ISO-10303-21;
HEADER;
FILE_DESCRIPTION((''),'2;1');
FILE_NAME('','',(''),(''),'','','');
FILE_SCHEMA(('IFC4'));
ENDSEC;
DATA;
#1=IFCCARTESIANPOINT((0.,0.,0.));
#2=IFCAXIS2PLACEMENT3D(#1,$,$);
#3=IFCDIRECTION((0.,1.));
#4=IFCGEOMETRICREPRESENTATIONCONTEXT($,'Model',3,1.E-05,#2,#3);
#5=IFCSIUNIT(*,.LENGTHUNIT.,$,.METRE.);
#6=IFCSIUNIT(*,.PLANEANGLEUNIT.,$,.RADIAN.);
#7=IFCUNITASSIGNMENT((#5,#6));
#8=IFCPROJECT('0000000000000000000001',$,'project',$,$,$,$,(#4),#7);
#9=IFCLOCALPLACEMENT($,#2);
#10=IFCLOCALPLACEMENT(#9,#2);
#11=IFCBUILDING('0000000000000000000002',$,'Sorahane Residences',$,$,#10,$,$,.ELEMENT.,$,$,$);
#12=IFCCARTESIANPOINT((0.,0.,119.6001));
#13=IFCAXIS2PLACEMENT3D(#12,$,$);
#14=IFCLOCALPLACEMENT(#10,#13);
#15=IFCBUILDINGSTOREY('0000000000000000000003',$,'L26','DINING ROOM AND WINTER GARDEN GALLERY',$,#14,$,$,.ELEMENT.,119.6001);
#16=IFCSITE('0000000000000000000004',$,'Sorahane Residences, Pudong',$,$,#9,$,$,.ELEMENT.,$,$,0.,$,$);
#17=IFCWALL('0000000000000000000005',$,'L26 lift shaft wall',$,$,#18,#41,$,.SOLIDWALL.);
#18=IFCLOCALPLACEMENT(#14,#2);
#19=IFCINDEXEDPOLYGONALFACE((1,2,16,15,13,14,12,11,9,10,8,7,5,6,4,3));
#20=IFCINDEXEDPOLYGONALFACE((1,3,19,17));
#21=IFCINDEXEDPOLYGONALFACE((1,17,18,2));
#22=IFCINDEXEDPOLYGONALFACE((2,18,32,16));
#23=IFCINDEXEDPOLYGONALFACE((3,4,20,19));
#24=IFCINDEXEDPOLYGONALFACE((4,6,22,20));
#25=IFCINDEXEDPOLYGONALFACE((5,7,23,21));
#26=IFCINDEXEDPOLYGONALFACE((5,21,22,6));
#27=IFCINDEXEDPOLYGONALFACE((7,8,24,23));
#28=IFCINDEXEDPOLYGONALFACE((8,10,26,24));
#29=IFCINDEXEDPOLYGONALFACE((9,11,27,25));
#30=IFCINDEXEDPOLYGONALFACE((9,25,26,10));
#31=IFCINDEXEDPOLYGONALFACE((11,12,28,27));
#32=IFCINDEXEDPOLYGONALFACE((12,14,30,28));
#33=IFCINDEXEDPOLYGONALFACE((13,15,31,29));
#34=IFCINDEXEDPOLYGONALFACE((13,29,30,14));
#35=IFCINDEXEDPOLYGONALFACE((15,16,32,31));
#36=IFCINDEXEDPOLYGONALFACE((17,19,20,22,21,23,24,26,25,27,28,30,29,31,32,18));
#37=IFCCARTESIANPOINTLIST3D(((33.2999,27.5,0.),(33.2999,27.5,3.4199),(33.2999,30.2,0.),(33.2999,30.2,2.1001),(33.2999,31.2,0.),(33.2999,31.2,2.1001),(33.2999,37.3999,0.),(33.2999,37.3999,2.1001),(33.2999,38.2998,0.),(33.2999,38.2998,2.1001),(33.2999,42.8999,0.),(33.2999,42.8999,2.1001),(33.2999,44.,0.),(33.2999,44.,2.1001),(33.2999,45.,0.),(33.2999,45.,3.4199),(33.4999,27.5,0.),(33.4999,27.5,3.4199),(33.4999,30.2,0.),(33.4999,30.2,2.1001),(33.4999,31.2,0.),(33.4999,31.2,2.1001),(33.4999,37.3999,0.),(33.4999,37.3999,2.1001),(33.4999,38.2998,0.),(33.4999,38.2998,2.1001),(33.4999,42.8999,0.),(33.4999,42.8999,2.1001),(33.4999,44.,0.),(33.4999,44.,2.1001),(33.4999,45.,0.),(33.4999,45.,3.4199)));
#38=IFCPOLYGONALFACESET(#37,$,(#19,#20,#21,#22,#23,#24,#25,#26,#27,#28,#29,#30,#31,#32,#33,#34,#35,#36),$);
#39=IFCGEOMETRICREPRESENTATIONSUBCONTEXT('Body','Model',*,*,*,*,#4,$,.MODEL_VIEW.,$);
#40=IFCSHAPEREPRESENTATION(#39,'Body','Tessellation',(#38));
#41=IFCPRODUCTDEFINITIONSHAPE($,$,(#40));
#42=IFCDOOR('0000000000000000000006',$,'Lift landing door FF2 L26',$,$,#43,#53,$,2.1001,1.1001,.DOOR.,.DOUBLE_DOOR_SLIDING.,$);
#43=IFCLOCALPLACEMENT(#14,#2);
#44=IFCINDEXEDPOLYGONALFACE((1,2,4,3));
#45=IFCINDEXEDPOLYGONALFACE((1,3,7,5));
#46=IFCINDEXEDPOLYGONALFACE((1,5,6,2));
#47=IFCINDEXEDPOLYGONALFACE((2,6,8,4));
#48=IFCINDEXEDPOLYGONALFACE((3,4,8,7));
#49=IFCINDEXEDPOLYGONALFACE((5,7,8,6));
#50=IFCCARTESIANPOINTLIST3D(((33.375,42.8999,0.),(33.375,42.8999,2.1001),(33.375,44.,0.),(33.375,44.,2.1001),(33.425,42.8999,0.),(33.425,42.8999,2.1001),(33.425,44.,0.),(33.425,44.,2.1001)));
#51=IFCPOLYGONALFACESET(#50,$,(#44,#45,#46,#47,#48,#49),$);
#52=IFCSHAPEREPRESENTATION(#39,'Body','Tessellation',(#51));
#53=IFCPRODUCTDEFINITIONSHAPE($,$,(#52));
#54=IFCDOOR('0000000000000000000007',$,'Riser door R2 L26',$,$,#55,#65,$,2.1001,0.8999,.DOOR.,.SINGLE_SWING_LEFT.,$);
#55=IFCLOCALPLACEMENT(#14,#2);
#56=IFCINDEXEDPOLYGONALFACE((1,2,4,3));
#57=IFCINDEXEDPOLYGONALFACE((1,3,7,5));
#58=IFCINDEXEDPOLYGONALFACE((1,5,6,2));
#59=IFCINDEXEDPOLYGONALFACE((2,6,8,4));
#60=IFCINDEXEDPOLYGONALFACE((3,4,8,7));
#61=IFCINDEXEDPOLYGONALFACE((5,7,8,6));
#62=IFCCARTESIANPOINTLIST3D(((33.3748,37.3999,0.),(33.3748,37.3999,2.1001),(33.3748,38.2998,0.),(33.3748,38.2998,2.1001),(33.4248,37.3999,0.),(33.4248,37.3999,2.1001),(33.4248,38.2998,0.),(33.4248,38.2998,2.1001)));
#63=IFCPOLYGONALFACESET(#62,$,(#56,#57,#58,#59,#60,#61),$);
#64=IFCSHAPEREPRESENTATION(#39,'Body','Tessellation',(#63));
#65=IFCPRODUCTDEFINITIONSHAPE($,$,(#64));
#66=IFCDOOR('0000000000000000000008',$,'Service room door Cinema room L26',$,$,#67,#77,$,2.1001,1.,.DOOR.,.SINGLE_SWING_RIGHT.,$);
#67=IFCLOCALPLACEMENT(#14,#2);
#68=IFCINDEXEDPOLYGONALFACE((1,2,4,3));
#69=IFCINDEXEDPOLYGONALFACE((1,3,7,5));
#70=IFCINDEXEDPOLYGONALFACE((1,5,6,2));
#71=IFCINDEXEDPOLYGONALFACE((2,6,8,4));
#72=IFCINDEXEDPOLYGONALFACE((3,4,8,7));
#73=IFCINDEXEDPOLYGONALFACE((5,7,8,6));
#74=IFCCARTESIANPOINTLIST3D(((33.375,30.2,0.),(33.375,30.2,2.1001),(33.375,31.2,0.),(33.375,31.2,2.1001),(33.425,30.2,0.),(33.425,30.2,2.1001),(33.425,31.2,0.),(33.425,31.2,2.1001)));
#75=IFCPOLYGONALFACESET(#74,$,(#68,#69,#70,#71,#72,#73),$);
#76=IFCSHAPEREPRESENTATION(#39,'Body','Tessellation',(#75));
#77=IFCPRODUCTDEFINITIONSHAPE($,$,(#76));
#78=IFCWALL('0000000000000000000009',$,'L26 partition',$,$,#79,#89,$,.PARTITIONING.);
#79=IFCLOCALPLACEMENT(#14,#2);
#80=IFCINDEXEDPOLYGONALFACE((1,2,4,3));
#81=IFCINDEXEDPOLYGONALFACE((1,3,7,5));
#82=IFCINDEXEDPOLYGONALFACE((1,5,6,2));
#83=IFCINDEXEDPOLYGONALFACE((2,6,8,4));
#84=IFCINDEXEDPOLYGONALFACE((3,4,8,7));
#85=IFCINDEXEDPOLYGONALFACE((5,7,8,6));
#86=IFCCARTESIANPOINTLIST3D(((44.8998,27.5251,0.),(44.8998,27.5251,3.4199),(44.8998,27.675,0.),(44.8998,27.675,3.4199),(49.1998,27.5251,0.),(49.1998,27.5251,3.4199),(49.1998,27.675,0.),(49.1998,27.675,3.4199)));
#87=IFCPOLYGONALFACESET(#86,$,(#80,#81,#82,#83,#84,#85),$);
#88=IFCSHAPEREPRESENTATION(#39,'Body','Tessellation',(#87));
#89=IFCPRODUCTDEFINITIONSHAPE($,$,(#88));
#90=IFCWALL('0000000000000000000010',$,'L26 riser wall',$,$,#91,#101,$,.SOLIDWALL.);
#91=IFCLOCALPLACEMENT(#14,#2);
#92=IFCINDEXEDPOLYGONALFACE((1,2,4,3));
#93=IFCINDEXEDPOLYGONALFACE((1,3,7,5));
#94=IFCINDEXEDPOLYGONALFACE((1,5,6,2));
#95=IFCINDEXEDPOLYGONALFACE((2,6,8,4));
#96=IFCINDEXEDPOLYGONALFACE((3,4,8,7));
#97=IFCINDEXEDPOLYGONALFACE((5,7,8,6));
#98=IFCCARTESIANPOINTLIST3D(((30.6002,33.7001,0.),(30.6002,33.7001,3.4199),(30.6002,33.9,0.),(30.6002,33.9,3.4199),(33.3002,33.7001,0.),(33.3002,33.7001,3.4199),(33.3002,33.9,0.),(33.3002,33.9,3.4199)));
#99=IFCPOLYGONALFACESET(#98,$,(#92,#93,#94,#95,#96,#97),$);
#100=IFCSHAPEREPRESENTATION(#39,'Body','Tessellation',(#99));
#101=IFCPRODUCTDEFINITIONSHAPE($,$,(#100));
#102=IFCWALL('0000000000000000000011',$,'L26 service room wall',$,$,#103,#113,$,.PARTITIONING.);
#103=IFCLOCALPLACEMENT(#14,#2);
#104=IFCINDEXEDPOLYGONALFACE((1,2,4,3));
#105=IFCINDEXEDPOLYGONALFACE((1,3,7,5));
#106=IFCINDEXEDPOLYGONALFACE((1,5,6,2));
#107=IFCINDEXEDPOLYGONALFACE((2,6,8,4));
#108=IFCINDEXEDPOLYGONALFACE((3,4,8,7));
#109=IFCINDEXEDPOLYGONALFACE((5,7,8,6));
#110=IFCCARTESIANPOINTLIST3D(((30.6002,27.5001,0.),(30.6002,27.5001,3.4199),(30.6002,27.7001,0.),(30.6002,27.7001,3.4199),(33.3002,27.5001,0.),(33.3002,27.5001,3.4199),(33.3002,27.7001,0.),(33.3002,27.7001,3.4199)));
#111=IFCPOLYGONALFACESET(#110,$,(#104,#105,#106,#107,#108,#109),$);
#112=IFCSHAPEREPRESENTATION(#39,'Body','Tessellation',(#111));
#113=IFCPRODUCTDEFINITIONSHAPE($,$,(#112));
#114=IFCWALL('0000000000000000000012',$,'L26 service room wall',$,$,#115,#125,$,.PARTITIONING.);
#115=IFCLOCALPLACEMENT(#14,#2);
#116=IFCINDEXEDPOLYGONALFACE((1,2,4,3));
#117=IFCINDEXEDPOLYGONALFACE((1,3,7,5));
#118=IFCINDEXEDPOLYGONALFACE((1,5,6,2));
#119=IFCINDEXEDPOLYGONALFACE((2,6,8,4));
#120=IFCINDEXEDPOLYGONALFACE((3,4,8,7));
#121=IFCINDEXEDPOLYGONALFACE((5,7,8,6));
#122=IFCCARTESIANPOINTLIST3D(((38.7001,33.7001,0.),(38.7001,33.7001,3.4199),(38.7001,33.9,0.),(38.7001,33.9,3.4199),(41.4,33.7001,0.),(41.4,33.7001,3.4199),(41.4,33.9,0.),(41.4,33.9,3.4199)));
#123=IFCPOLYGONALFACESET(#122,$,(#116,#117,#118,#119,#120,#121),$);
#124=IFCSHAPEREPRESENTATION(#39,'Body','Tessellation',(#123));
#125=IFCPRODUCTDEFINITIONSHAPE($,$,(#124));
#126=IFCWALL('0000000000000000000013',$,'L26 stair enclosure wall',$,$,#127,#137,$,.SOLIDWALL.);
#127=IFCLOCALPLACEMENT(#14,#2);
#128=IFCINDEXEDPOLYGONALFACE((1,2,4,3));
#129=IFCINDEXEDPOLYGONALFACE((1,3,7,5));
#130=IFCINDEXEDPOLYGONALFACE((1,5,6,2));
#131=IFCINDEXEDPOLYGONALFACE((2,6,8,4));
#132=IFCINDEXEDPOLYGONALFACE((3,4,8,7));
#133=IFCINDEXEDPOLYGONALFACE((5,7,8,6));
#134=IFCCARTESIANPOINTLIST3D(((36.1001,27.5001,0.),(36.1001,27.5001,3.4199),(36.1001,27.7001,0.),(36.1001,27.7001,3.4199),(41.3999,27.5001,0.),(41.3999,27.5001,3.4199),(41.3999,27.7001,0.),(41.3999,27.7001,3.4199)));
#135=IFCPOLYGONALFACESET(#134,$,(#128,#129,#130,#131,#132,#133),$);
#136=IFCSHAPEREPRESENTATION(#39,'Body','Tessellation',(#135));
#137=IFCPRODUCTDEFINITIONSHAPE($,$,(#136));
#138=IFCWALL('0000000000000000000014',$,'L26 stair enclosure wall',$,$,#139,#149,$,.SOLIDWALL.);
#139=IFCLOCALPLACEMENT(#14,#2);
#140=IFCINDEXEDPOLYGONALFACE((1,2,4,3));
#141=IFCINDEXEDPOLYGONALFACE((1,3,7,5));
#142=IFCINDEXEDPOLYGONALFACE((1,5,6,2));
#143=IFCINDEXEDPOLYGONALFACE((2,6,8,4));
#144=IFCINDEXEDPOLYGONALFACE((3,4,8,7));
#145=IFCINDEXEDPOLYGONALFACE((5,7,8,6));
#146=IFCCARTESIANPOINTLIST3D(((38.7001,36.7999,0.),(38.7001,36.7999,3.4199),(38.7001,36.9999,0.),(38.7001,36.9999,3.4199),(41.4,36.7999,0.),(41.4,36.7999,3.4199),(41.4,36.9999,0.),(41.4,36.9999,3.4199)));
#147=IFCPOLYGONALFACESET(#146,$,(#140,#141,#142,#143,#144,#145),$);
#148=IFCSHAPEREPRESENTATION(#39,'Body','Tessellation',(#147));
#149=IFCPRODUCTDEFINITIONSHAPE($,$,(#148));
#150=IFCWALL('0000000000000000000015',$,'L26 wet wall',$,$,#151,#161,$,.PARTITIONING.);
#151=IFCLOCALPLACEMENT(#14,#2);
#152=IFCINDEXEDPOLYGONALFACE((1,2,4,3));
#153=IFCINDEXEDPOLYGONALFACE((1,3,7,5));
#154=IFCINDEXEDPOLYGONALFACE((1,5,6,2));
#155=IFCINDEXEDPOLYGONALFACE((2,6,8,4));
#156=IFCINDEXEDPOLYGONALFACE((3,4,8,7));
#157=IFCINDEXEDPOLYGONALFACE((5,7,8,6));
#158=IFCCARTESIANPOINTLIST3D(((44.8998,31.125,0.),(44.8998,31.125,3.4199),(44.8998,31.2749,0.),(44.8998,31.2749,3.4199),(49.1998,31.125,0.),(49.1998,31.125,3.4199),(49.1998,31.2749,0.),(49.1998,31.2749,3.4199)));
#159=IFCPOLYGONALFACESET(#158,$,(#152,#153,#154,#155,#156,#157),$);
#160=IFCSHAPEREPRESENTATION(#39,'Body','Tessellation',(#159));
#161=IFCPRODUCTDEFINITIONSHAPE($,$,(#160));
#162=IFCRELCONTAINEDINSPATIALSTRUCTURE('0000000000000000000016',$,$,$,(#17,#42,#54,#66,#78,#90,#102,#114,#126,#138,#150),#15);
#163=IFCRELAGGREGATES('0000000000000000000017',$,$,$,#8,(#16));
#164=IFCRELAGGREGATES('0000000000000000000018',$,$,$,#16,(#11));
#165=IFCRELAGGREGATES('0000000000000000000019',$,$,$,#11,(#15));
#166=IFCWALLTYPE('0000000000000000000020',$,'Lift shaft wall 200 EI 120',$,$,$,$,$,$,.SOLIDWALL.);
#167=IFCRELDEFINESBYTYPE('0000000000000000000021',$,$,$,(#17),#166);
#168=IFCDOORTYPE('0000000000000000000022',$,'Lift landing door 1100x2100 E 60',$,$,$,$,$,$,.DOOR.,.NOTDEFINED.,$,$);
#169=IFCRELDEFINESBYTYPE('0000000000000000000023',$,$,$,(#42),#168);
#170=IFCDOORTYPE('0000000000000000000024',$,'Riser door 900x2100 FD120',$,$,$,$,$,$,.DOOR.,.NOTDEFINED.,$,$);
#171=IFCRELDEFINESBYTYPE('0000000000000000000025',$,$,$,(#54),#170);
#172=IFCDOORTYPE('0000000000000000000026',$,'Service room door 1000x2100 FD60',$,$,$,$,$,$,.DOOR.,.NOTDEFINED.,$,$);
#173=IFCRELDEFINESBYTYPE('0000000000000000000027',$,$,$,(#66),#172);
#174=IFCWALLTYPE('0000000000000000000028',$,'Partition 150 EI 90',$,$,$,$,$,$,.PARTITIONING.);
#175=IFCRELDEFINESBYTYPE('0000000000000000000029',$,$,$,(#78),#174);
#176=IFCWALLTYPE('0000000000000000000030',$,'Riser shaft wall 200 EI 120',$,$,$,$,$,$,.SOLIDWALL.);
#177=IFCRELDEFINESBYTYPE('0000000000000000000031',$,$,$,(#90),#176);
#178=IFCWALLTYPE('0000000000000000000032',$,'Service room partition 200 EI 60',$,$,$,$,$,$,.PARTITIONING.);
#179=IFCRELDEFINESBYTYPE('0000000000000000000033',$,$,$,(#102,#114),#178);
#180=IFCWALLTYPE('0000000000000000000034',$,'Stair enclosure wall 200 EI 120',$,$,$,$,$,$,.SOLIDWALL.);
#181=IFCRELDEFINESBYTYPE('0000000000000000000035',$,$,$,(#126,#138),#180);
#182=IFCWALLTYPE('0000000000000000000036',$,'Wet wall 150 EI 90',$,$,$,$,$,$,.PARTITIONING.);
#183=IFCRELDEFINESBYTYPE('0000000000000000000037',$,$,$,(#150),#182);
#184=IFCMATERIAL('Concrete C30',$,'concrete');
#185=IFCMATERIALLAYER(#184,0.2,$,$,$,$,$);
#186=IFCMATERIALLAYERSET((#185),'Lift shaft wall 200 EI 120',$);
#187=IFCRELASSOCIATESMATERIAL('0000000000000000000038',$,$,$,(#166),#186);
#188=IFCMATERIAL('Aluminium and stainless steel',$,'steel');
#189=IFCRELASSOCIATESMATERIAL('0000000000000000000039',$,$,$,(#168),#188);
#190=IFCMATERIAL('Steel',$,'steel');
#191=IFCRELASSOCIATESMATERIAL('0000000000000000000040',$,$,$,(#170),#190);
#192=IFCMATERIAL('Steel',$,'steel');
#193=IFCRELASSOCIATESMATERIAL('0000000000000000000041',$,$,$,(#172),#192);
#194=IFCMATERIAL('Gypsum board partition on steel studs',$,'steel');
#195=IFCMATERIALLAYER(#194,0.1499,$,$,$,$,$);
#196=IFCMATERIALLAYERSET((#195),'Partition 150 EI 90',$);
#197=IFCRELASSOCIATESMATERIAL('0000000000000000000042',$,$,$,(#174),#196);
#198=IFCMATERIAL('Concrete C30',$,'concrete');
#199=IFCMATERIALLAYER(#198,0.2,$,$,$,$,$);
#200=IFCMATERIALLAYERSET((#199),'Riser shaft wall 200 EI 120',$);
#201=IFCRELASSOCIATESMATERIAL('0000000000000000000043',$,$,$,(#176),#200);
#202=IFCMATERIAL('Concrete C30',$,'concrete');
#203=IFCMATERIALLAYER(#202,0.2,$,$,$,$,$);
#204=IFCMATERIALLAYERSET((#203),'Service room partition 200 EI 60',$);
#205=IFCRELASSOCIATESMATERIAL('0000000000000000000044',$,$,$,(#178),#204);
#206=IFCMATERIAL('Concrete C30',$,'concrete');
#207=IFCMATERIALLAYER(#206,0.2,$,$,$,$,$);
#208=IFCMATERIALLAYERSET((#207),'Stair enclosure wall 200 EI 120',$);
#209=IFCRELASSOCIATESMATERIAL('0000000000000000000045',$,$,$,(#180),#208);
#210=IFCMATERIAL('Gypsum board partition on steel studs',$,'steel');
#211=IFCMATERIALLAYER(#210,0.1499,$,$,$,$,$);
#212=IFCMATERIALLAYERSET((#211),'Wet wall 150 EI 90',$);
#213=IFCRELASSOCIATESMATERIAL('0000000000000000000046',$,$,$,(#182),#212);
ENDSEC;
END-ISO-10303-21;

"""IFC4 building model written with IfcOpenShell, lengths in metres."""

from ifc_helpers import new_model, si_unit, direction, frame, frame_2d, origin, place, context, subcontext, project, spatial, rectangle, extrude, material, layer, layer_set, type_object, element, fill, save


model = new_model("IFC4")

# Units and contexts
model_context = context("Model", 3, precision=1e-05, world=origin(), true_north=direction((0.0, 1.0)))
body_context = subcontext(model_context, "Body", "Model", "MODEL_VIEW")
ifc_project = project(units=[si_unit("LENGTHUNIT", "METRE"), si_unit("PLANEANGLEUNIT", "RADIAN")], contexts=[model_context])

# Site, building, storey
site_placement = place(None, origin())
site = spatial("IfcSite", under=ifc_project, at=site_placement, Name="Sorahane Residences, Pudong", CompositionType="ELEMENT", RefElevation=0.0)
building_placement = place(site_placement, origin())
building = spatial("IfcBuilding", under=site, at=building_placement, Name="Sorahane Residences", CompositionType="ELEMENT")
storey_placement = place(building_placement, frame((0.0, 0.0, 119.6001)))
storey = spatial("IfcBuildingStorey", under=building, at=storey_placement, Name="L26", Description="DINING ROOM AND WINTER GARDEN GALLERY", CompositionType="ELEMENT", Elevation=119.6001)

# Wall, openings, doors
ifc_material_1 = material(Name="Concrete C30", Category="concrete")
ifc_layer_1 = layer(ifc_material_1, 0.2)
ifc_layer_set_1 = layer_set([ifc_layer_1], Name="Lift shaft wall 200 EI 120")
wall_type_1 = type_object("IfcWallType", Name="Lift shaft wall 200 EI 120", PredefinedType="SOLIDWALL", material=ifc_layer_set_1)
wall_1_placement = place(storey_placement, frame((33.3999, 27.5, 0.0), z_axis=(0.0, 0.0, 1.0), x_axis=(0.0, 1.0, 0.0)))
wall_1 = element("IfcWall", 1, at=wall_1_placement, inside=storey, type_object=wall_type_1, Name="L26 lift shaft wall", PredefinedType="SOLIDWALL", context=body_context, shape_type="SweptSolid", body=[
    extrude(rectangle(XDim=17.5, YDim=0.2, at=frame_2d((8.75, 0.0))), origin(), (0.0, 0.0, 1.0), 3.4199),
])
opening_1_placement = place(wall_1_placement, frame((15.3999, 0.0, 0.0)))
opening_1 = element("IfcOpeningElement", 2, at=opening_1_placement, cuts=wall_1, PredefinedType="OPENING", context=body_context, shape_type="SweptSolid", body=[
    extrude(rectangle(XDim=1.1001, YDim=2.1001, at=frame_2d((0.55, 1.05))), frame((0.0, 0.1099, 0.0), z_axis=(0.0, -1.0, 0.0), x_axis=(1.0, 0.0, 0.0)), (0.0, 0.0, 1.0), 0.22),
])
opening_2_placement = place(wall_1_placement, frame((2.7, 0.0, 0.0)))
opening_2 = element("IfcOpeningElement", 3, at=opening_2_placement, cuts=wall_1, PredefinedType="OPENING", context=body_context, shape_type="SweptSolid", body=[
    extrude(rectangle(XDim=1.0, YDim=2.1001, at=frame_2d((0.5, 1.05))), frame((0.0, 0.1099, 0.0), z_axis=(0.0, -1.0, 0.0), x_axis=(1.0, 0.0, 0.0)), (0.0, 0.0, 1.0), 0.22),
])
opening_3_placement = place(wall_1_placement, frame((9.8999, 0.0, 0.0)))
opening_3 = element("IfcOpeningElement", 4, at=opening_3_placement, cuts=wall_1, PredefinedType="OPENING", context=body_context, shape_type="SweptSolid", body=[
    extrude(rectangle(XDim=0.8999, YDim=2.1001, at=frame_2d((0.45, 1.05))), frame((0.0, 0.1099, 0.0), z_axis=(0.0, -1.0, 0.0), x_axis=(1.0, 0.0, 0.0)), (0.0, 0.0, 1.0), 0.22),
])
ifc_material_2 = material(Name="Aluminium and stainless steel", Category="steel")
door_type_1 = type_object("IfcDoorType", Name="Lift landing door 1100x2100 E 60", OperationType="NOTDEFINED", PredefinedType="DOOR", material=ifc_material_2)
door_1_placement = place(opening_1_placement, origin())
door_1 = element("IfcDoor", 5, at=door_1_placement, inside=storey, type_object=door_type_1, Name="Lift landing door FF2 L26", OperationType="DOUBLE_DOOR_SLIDING", OverallHeight=2.1001, OverallWidth=1.1001, PredefinedType="DOOR", context=body_context, shape_type="SweptSolid", body=[
    extrude(rectangle(XDim=1.1001, YDim=2.1001, at=frame_2d((0.55, 1.05))), frame((0.0, 0.0249, 0.0), z_axis=(0.0, -1.0, 0.0), x_axis=(1.0, 0.0, 0.0)), (0.0, 0.0, 1.0), 0.05),
])
fill(opening_1, door_1)
ifc_material_3 = material(Name="Steel", Category="steel")
door_type_2 = type_object("IfcDoorType", Name="Riser door 900x2100 FD120", OperationType="NOTDEFINED", PredefinedType="DOOR", material=ifc_material_3)
door_2_placement = place(opening_3_placement, frame((0.8999, 0.0, 0.0), z_axis=(0.0, 0.0, 1.0), x_axis=(-1.0, 0.0, 0.0)))
door_2 = element("IfcDoor", 6, at=door_2_placement, inside=storey, type_object=door_type_2, Name="Riser door R2 L26", OperationType="SINGLE_SWING_LEFT", OverallHeight=2.1001, OverallWidth=0.8999, PredefinedType="DOOR", context=body_context, shape_type="SweptSolid", body=[
    extrude(rectangle(XDim=0.8999, YDim=2.1001, at=frame_2d((0.45, 1.05))), frame((0.0, 0.0249, 0.0), z_axis=(0.0, -1.0, 0.0), x_axis=(1.0, 0.0, 0.0)), (0.0, 0.0, 1.0), 0.05),
])
fill(opening_3, door_2)
ifc_material_4 = material(Name="Steel", Category="steel")
door_type_3 = type_object("IfcDoorType", Name="Service room door 1000x2100 FD60", OperationType="NOTDEFINED", PredefinedType="DOOR", material=ifc_material_4)
door_3_placement = place(opening_2_placement, origin())
door_3 = element("IfcDoor", 7, at=door_3_placement, inside=storey, type_object=door_type_3, Name="Service room door Cinema room L26", OperationType="SINGLE_SWING_RIGHT", OverallHeight=2.1001, OverallWidth=1.0, PredefinedType="DOOR", context=body_context, shape_type="SweptSolid", body=[
    extrude(rectangle(XDim=1.0, YDim=2.1001, at=frame_2d((0.5, 1.05))), frame((0.0, 0.0249, 0.0), z_axis=(0.0, -1.0, 0.0), x_axis=(1.0, 0.0, 0.0)), (0.0, 0.0, 1.0), 0.05),
])
fill(opening_2, door_3)

# Walls
ifc_material_5 = material(Name="Gypsum board partition on steel studs", Category="steel")
ifc_layer_2 = layer(ifc_material_5, 0.1499)
ifc_layer_set_2 = layer_set([ifc_layer_2], Name="Partition 150 EI 90")
wall_type_2 = type_object("IfcWallType", Name="Partition 150 EI 90", PredefinedType="PARTITIONING", material=ifc_layer_set_2)
wall_2_placement = place(storey_placement, frame((44.8999, 27.6001, 0.0), z_axis=(0.0, 0.0, 1.0), x_axis=(1.0, 0.0, 0.0)))
element("IfcWall", 8, at=wall_2_placement, inside=storey, type_object=wall_type_2, Name="L26 partition", PredefinedType="PARTITIONING", context=body_context, shape_type="SweptSolid", body=[
    extrude(rectangle(XDim=4.3, YDim=0.1499, at=frame_2d((2.1499, 0.0))), origin(), (0.0, 0.0, 1.0), 3.4199),
])
ifc_material_6 = material(Name="Concrete C30", Category="concrete")
ifc_layer_3 = layer(ifc_material_6, 0.2)
ifc_layer_set_3 = layer_set([ifc_layer_3], Name="Riser shaft wall 200 EI 120")
wall_type_3 = type_object("IfcWallType", Name="Riser shaft wall 200 EI 120", PredefinedType="SOLIDWALL", material=ifc_layer_set_3)
wall_3_placement = place(storey_placement, frame((30.6001, 33.8, 0.0), z_axis=(0.0, 0.0, 1.0), x_axis=(1.0, 0.0, 0.0)))
element("IfcWall", 9, at=wall_3_placement, inside=storey, type_object=wall_type_3, Name="L26 riser wall", PredefinedType="SOLIDWALL", context=body_context, shape_type="SweptSolid", body=[
    extrude(rectangle(XDim=2.7, YDim=0.2, at=frame_2d((1.3501, 0.0))), origin(), (0.0, 0.0, 1.0), 3.4199),
])
ifc_material_7 = material(Name="Concrete C30", Category="concrete")
ifc_layer_4 = layer(ifc_material_7, 0.2)
ifc_layer_set_4 = layer_set([ifc_layer_4], Name="Service room partition 200 EI 60")
wall_type_4 = type_object("IfcWallType", Name="Service room partition 200 EI 60", PredefinedType="PARTITIONING", material=ifc_layer_set_4)
for number, where, z_axis, x_axis, name in (
    (10, (30.6001, 27.6001, 0.0), (0.0, 0.0, 1.0), (1.0, 0.0, 0.0), "L26 service room wall"),
    (11, (38.7, 33.8, 0.0), (0.0, 0.0, 1.0), (1.0, 0.0, 0.0), "L26 service room wall"),
):
    element("IfcWall", number, at=place(storey_placement, frame(where, z_axis=z_axis, x_axis=x_axis)), inside=storey, type_object=wall_type_4, Name=name, PredefinedType="PARTITIONING", context=body_context, shape_type="SweptSolid", body=[
        extrude(rectangle(XDim=2.7, YDim=0.2, at=frame_2d((1.3501, 0.0))), origin(), (0.0, 0.0, 1.0), 3.4199),
    ])
ifc_material_8 = material(Name="Concrete C30", Category="concrete")
ifc_layer_5 = layer(ifc_material_8, 0.2)
ifc_layer_set_5 = layer_set([ifc_layer_5], Name="Stair enclosure wall 200 EI 120")
wall_type_5 = type_object("IfcWallType", Name="Stair enclosure wall 200 EI 120", PredefinedType="SOLIDWALL", material=ifc_layer_set_5)
wall_4_placement = place(storey_placement, frame((36.1001, 27.6001, 0.0), z_axis=(0.0, 0.0, 1.0), x_axis=(1.0, 0.0, 0.0)))
element("IfcWall", 12, at=wall_4_placement, inside=storey, type_object=wall_type_5, Name="L26 stair enclosure wall", PredefinedType="SOLIDWALL", context=body_context, shape_type="SweptSolid", body=[
    extrude(rectangle(XDim=5.2998, YDim=0.2, at=frame_2d((2.6499, 0.0))), origin(), (0.0, 0.0, 1.0), 3.4199),
])
wall_5_placement = place(storey_placement, frame((38.7, 36.8999, 0.0), z_axis=(0.0, 0.0, 1.0), x_axis=(1.0, 0.0, 0.0)))
element("IfcWall", 13, at=wall_5_placement, inside=storey, type_object=wall_type_5, Name="L26 stair enclosure wall", PredefinedType="SOLIDWALL", context=body_context, shape_type="SweptSolid", body=[
    extrude(rectangle(XDim=2.7, YDim=0.2, at=frame_2d((1.3501, 0.0))), origin(), (0.0, 0.0, 1.0), 3.4199),
])
ifc_material_9 = material(Name="Gypsum board partition on steel studs", Category="steel")
ifc_layer_6 = layer(ifc_material_9, 0.1499)
ifc_layer_set_6 = layer_set([ifc_layer_6], Name="Wet wall 150 EI 90")
wall_type_6 = type_object("IfcWallType", Name="Wet wall 150 EI 90", PredefinedType="PARTITIONING", material=ifc_layer_set_6)
wall_6_placement = place(storey_placement, frame((44.8999, 31.2, 0.0), z_axis=(0.0, 0.0, 1.0), x_axis=(1.0, 0.0, 0.0)))
element("IfcWall", 14, at=wall_6_placement, inside=storey, type_object=wall_type_6, Name="L26 wet wall", PredefinedType="PARTITIONING", context=body_context, shape_type="SweptSolid", body=[
    extrude(rectangle(XDim=4.3, YDim=0.1499, at=frame_2d((2.1499, 0.0))), origin(), (0.0, 0.0, 1.0), 3.4199),
])

save(model, "model.ifc")
